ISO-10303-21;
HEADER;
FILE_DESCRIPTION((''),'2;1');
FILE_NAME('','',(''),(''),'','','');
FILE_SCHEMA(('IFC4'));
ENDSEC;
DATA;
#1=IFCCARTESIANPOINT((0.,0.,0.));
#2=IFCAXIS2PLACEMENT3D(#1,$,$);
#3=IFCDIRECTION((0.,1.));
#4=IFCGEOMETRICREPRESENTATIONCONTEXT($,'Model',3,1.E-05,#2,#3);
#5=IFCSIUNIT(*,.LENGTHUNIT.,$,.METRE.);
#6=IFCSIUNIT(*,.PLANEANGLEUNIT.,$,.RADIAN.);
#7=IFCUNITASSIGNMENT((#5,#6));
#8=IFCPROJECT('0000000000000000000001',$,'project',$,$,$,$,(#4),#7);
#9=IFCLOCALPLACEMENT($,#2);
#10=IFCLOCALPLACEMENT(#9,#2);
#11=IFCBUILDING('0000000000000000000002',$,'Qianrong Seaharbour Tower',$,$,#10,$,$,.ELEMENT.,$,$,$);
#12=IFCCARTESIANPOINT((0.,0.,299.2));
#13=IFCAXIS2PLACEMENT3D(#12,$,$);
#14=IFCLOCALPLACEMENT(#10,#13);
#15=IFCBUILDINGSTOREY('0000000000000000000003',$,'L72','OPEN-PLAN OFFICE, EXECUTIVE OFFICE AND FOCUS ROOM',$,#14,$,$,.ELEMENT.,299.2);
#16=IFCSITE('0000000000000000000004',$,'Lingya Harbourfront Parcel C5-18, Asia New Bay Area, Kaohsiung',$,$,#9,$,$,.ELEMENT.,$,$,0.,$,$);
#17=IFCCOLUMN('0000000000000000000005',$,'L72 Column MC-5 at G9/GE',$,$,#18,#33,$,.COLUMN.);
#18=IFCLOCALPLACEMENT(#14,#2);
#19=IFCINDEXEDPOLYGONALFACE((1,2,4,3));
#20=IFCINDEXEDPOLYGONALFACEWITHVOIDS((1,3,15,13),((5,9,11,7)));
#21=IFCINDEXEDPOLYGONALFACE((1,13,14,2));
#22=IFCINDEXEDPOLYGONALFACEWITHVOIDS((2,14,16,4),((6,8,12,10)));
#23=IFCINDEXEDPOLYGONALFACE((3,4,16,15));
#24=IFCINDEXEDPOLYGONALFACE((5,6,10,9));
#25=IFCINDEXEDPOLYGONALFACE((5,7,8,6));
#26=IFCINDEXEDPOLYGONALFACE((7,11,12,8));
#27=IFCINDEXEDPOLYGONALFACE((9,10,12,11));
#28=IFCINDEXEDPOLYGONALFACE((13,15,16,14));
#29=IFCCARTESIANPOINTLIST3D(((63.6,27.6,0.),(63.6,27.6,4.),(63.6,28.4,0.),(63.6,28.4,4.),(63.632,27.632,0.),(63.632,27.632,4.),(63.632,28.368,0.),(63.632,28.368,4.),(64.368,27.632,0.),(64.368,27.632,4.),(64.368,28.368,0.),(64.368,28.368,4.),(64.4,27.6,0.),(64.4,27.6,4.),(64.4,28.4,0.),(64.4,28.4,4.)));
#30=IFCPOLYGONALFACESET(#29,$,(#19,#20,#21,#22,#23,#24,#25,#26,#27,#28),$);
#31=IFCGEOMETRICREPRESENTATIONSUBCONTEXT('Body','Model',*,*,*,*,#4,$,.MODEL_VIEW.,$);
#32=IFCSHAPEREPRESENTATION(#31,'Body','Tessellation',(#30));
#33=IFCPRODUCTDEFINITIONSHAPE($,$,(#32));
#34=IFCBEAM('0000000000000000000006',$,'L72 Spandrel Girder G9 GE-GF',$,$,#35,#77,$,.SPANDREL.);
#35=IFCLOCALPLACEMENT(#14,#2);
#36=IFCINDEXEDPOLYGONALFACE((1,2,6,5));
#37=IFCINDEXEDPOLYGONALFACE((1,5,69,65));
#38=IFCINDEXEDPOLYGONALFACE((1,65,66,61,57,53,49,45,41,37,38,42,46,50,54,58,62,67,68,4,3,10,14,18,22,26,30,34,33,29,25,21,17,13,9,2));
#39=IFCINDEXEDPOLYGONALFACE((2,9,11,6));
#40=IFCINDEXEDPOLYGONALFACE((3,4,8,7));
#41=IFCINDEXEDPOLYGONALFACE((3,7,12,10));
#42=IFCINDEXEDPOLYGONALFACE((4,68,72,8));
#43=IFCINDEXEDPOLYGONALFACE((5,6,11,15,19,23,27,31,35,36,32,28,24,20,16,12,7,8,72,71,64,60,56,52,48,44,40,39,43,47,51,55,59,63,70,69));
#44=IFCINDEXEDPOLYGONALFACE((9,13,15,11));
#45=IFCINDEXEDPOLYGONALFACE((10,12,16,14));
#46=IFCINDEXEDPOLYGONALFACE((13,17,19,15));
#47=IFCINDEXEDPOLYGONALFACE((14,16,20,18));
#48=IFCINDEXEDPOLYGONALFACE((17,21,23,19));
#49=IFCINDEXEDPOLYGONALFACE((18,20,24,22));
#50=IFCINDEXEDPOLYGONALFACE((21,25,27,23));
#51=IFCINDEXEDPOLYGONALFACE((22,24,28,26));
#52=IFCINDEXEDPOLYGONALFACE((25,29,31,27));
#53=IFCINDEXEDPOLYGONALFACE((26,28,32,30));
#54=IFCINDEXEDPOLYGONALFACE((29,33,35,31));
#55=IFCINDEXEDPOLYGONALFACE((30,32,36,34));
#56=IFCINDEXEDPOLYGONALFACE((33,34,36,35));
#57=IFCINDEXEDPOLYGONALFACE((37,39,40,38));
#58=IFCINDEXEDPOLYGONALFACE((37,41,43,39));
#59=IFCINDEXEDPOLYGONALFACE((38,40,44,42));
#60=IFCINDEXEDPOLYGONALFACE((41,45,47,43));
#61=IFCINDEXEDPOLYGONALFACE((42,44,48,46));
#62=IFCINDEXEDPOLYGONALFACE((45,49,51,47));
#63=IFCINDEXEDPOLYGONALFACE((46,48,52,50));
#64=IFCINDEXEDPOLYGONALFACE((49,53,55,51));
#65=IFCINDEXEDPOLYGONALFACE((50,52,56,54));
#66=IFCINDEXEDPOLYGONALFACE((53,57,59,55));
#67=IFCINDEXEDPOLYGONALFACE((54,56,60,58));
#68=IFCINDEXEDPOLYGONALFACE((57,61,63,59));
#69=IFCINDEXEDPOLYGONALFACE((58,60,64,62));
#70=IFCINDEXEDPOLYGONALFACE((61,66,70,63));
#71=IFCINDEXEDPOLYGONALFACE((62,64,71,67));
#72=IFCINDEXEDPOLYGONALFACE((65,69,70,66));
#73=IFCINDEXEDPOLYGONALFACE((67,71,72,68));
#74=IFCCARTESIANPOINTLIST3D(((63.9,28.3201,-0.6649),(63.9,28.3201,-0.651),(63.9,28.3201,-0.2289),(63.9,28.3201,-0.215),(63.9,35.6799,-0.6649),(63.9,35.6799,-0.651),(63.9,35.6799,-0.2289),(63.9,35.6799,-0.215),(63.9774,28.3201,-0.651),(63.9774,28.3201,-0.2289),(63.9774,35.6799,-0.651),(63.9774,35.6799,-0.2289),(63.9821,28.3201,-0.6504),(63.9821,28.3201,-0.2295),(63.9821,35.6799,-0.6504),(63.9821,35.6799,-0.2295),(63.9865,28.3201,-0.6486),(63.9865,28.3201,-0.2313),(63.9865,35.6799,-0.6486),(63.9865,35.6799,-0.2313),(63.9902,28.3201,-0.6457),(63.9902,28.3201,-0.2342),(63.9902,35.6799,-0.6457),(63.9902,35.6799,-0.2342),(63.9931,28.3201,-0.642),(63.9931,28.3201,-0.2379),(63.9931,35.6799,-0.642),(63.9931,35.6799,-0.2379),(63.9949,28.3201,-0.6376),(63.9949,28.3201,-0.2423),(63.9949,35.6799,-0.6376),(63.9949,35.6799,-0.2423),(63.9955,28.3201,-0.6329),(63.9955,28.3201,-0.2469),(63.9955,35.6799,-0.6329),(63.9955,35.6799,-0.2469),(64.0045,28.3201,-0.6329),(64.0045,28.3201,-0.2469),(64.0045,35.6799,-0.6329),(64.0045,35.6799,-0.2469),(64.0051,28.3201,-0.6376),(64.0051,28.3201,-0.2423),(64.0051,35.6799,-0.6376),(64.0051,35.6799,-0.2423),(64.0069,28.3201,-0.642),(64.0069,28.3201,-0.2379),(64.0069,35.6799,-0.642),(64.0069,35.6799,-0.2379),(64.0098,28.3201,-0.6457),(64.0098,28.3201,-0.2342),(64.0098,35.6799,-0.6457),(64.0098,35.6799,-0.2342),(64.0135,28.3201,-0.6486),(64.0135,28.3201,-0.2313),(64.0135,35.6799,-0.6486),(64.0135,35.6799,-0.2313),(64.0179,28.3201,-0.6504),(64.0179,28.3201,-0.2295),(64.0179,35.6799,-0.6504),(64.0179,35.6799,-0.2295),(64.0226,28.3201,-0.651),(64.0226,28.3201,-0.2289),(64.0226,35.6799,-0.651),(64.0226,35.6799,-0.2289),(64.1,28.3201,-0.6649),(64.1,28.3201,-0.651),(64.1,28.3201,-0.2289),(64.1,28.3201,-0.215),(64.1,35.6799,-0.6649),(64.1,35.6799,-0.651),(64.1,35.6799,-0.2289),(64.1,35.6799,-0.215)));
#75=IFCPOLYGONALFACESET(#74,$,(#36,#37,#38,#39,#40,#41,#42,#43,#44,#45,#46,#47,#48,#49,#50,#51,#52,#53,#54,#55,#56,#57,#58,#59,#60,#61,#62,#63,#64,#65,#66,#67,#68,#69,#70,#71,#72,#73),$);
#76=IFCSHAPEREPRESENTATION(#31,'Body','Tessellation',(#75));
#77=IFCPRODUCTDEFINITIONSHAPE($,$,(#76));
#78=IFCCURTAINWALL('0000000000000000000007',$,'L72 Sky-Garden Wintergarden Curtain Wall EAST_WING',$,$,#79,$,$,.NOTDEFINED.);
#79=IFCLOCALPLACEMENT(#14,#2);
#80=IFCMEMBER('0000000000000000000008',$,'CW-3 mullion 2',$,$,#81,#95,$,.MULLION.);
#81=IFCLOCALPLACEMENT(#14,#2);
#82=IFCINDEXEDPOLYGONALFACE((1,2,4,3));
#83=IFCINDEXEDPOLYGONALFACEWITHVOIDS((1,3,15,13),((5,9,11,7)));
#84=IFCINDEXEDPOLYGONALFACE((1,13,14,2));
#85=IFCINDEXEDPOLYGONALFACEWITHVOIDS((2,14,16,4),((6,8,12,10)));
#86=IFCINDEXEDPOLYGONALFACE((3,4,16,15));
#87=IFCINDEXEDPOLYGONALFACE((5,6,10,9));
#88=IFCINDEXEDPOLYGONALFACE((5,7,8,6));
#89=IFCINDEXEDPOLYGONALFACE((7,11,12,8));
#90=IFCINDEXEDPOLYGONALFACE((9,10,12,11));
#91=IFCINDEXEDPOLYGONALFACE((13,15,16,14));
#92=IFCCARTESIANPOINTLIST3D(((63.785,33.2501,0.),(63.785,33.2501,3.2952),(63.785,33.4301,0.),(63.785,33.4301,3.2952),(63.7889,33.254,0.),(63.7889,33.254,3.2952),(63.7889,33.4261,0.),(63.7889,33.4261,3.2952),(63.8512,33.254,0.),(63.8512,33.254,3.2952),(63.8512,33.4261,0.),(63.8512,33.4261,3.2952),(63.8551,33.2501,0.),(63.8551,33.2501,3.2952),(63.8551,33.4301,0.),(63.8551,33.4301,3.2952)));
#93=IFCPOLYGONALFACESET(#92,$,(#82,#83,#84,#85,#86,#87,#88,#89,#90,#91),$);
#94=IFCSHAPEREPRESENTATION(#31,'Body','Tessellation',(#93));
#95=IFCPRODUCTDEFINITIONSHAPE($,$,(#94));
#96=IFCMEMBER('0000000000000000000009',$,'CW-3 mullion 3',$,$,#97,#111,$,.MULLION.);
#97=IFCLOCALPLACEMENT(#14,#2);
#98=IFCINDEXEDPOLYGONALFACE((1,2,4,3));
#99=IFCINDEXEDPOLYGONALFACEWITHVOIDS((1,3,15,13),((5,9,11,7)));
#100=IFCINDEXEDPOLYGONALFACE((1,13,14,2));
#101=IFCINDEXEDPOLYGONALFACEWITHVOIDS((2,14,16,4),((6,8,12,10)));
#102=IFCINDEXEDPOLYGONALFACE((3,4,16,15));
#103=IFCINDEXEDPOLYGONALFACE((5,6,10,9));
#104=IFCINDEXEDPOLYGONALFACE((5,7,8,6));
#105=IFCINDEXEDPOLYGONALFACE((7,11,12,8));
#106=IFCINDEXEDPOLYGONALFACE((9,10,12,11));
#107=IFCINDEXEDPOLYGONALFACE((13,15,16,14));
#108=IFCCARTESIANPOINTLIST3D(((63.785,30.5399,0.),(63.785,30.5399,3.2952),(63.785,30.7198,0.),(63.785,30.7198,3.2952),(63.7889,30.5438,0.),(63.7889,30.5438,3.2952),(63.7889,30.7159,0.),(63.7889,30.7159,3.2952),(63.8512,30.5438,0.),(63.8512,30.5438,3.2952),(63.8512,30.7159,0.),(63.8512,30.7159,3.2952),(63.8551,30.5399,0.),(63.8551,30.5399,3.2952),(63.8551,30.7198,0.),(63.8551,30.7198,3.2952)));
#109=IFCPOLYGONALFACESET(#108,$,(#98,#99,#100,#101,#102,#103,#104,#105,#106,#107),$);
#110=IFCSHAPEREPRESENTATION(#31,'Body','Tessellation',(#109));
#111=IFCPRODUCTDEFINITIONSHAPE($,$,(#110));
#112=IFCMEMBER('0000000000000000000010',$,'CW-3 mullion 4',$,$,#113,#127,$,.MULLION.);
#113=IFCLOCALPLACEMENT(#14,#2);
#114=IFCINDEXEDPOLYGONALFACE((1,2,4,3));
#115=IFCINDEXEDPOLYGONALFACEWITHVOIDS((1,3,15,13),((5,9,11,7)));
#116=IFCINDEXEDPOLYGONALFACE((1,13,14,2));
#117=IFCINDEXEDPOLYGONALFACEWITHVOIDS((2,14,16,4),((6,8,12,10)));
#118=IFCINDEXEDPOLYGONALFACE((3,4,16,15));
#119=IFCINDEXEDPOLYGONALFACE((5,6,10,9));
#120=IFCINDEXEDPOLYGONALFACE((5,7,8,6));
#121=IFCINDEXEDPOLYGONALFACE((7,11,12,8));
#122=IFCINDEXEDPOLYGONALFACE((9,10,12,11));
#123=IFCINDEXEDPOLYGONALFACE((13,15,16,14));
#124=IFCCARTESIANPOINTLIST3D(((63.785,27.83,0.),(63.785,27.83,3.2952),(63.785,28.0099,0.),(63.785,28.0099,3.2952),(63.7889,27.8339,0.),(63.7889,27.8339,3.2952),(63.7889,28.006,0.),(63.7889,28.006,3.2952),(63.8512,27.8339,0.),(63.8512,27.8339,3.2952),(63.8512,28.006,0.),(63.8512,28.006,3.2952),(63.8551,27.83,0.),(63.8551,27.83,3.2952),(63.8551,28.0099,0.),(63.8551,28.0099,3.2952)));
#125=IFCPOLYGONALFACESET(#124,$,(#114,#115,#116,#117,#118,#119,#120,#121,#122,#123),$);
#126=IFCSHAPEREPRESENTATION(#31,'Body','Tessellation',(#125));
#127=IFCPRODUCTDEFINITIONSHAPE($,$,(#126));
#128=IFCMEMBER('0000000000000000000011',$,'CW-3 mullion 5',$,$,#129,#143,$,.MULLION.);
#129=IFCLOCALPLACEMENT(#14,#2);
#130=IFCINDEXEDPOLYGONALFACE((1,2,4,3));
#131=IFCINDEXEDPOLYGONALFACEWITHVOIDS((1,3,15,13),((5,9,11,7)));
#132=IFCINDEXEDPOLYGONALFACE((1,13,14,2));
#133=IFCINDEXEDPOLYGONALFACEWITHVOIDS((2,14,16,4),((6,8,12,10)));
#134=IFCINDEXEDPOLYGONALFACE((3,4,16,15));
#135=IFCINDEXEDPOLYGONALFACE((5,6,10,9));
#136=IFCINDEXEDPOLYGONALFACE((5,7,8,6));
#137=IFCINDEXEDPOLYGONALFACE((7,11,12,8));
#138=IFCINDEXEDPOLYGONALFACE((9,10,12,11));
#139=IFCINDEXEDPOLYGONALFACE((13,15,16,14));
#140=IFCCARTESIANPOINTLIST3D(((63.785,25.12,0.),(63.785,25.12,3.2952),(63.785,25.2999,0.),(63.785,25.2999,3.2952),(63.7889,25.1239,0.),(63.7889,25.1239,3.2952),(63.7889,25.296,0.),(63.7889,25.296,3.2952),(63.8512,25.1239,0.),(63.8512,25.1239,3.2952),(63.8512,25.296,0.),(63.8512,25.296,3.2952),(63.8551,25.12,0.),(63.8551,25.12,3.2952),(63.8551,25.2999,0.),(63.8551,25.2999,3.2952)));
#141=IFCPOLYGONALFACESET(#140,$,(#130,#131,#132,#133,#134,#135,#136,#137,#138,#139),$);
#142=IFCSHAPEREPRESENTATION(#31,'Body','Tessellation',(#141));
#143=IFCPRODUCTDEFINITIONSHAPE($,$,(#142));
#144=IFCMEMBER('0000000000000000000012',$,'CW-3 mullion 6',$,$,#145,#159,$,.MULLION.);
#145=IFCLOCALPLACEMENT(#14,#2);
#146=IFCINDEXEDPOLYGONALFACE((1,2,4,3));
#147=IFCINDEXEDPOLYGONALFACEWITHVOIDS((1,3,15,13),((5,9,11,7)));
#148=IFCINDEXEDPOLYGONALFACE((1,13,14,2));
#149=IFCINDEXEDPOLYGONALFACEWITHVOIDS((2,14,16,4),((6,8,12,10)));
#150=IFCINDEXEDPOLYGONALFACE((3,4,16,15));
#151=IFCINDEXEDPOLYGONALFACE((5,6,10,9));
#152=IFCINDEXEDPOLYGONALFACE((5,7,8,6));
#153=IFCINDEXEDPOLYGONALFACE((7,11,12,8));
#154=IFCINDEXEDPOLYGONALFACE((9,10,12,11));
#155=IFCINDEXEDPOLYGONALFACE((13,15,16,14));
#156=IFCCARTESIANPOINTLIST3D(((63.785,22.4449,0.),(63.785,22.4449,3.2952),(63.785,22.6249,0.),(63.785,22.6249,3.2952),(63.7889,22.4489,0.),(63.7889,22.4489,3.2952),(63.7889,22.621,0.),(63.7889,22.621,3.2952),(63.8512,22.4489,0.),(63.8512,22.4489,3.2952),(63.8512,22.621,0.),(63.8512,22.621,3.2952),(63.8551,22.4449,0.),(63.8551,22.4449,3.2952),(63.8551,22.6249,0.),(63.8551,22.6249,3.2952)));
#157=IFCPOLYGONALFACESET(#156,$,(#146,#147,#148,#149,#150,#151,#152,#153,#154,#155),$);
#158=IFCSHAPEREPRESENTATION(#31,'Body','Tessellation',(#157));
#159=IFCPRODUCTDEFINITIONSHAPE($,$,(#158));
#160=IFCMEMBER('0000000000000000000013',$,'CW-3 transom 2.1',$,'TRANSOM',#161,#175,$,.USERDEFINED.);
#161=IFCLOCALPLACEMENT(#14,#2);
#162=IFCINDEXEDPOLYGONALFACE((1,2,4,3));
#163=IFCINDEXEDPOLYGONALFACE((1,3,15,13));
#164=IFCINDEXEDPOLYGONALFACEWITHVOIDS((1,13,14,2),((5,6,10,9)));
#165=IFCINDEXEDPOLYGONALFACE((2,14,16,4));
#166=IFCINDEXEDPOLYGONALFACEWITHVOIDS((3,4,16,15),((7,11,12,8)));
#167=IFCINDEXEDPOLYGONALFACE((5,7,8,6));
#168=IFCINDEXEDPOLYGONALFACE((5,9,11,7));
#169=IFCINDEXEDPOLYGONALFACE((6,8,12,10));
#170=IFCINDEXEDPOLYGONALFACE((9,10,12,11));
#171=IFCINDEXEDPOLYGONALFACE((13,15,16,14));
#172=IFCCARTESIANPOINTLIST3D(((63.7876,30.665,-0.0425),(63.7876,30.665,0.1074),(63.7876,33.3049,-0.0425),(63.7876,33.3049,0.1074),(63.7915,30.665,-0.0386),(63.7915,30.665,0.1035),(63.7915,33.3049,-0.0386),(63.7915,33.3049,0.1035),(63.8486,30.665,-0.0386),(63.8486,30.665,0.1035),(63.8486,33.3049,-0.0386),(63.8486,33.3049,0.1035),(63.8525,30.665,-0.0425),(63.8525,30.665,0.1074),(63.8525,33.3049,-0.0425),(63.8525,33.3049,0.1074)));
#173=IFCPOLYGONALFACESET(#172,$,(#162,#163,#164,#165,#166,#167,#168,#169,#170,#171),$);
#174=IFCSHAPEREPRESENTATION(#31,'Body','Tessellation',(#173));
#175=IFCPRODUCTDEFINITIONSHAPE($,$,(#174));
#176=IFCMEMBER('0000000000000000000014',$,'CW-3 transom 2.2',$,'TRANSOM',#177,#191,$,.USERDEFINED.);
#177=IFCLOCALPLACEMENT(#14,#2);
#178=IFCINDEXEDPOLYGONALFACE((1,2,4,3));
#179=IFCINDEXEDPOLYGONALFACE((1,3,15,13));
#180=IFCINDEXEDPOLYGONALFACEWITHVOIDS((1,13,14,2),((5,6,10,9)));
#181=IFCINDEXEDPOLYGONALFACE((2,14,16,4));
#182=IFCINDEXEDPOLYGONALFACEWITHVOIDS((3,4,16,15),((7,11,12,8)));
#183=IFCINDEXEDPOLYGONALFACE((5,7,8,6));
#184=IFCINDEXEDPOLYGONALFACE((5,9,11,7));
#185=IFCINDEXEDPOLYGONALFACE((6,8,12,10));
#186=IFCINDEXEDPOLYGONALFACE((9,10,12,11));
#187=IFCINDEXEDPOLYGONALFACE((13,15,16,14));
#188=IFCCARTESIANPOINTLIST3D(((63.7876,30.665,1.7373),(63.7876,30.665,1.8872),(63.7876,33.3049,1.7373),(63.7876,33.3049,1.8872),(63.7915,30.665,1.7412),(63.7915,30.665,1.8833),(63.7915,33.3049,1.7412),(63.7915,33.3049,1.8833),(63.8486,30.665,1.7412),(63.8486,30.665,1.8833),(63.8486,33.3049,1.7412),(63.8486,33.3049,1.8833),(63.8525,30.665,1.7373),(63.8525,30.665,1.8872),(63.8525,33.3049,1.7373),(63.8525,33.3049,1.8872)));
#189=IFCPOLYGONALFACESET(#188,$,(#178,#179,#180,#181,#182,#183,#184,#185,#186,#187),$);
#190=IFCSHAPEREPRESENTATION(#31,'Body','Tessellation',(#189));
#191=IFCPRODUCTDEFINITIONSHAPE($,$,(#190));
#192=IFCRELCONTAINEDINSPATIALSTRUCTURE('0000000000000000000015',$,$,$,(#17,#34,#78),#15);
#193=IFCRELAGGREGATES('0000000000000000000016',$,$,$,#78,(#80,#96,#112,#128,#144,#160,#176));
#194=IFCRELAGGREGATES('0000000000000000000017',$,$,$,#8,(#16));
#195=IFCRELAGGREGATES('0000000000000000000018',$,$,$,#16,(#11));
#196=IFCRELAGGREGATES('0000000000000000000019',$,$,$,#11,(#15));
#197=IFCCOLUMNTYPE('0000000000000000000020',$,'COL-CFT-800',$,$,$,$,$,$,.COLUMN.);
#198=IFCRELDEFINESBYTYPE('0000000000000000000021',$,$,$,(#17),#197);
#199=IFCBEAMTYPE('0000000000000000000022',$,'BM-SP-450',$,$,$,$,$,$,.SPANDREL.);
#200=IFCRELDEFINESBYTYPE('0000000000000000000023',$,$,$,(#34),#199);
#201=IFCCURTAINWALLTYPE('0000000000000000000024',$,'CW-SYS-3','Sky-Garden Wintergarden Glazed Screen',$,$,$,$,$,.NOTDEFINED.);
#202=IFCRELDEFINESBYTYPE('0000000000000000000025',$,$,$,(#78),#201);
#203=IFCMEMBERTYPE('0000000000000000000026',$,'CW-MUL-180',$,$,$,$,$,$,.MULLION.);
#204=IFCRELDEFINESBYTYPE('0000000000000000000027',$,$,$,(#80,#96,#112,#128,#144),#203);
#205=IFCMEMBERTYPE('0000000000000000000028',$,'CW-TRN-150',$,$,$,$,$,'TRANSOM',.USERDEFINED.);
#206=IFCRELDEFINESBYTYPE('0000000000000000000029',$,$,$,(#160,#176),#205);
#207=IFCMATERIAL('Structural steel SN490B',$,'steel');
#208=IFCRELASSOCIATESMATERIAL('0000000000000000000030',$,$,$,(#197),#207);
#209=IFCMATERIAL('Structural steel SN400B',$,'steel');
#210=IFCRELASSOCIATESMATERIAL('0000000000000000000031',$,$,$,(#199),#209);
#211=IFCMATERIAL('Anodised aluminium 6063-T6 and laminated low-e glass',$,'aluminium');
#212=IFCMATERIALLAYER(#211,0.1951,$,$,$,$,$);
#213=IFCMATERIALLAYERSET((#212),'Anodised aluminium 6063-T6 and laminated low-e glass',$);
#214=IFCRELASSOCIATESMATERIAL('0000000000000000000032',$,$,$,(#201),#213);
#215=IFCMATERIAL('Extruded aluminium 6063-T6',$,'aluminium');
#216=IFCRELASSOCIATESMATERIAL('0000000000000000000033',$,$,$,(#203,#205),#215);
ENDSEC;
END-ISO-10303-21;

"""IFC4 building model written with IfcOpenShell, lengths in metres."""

from ifc_helpers import new_model, si_unit, direction, frame, origin, origin_2d, place, context, subcontext, project, spatial, hollow_rectangle, i_section, extrude, material, layer, layer_set, material_profile, profile_set, type_object, element, aggregate, save


model = new_model("IFC4")

# Units and contexts
model_context = context("Model", 3, precision=1e-05, world=origin(), true_north=direction((0.0, 1.0)))
body_context = subcontext(model_context, "Body", "Model", "MODEL_VIEW")
ifc_project = project(units=[si_unit("LENGTHUNIT", "METRE"), si_unit("PLANEANGLEUNIT", "RADIAN")], contexts=[model_context])

# Site, building, storey
site_placement = place(None, origin())
site = spatial("IfcSite", under=ifc_project, at=site_placement, Name="Lingya Harbourfront Parcel C5-18, Asia New Bay Area, Kaohsiung", CompositionType="ELEMENT", RefElevation=0.0)
building_placement = place(site_placement, origin())
building = spatial("IfcBuilding", under=site, at=building_placement, Name="Qianrong Seaharbour Tower", CompositionType="ELEMENT")
storey_placement = place(building_placement, frame((0.0, 0.0, 299.2)))
storey = spatial("IfcBuildingStorey", under=building, at=storey_placement, Name="L72", Description="OPEN-PLAN OFFICE, EXECUTIVE OFFICE AND FOCUS ROOM", CompositionType="ELEMENT", Elevation=299.2)

# Column
ifc_material_1 = material(Name="Structural steel SN490B", Category="steel")
ifc_material_profile_1 = material_profile(ifc_material_1, hollow_rectangle(XDim=0.8, YDim=0.8, WallThickness=0.032, at=origin_2d()), Name="BOX800x800x32")
ifc_profile_set_1 = profile_set([ifc_material_profile_1], Name="Structural steel SN490B")
column_type = type_object("IfcColumnType", Name="COL-CFT-800", PredefinedType="COLUMN", material=ifc_profile_set_1)
column_placement = place(storey_placement, frame((64.0, 28.0, 0.0), z_axis=(0.0, 0.0, 1.0), x_axis=(1.0, 0.0, 0.0)))
element("IfcColumn", 1, at=column_placement, inside=storey, type_object=column_type, Name="L72 Column MC-5 at G9/GE", PredefinedType="COLUMN", context=body_context, shape_type="SweptSolid", body=[
    extrude(hollow_rectangle(XDim=0.8, YDim=0.8, WallThickness=0.032, at=origin_2d()), origin(), (0.0, 0.0, 1.0), 4.0),
])

# Beam
ifc_material_2 = material(Name="Structural steel SN400B", Category="steel")
ifc_material_profile_2 = material_profile(ifc_material_2, i_section(OverallWidth=0.2, OverallDepth=0.45, WebThickness=0.009, FlangeThickness=0.0139, FilletRadius=0.0181, at=origin_2d()), Name="H450x200x9x14")
ifc_profile_set_2 = profile_set([ifc_material_profile_2], Name="Structural steel SN400B")
beam_type = type_object("IfcBeamType", Name="BM-SP-450", PredefinedType="SPANDREL", material=ifc_profile_set_2)
beam_placement = place(storey_placement, frame((64.0, 28.3201, -0.4399), z_axis=(0.0, 1.0, 0.0), x_axis=(-1.0, 0.0, 0.0)))
element("IfcBeam", 2, at=beam_placement, inside=storey, type_object=beam_type, Name="L72 Spandrel Girder G9 GE-GF", PredefinedType="SPANDREL", context=body_context, shape_type="SweptSolid", body=[
    extrude(i_section(OverallWidth=0.2, OverallDepth=0.45, WebThickness=0.009, FlangeThickness=0.0139, FilletRadius=0.0181, at=origin_2d()), origin(), (0.0, 0.0, 1.0), 7.3599),
])

# Curtain wall, members
ifc_material_3 = material(Name="Anodised aluminium 6063-T6 and laminated low-e glass", Category="aluminium")
ifc_layer_1 = layer(ifc_material_3, 0.1951)
ifc_layer_set_1 = layer_set([ifc_layer_1], Name="Anodised aluminium 6063-T6 and laminated low-e glass")
curtain_wall_type = type_object("IfcCurtainWallType", Name="CW-SYS-3", Description="Sky-Garden Wintergarden Glazed Screen", PredefinedType="NOTDEFINED", material=ifc_layer_set_1)
curtain_wall_placement = place(storey_placement, origin())
curtain_wall = element("IfcCurtainWall", 3, at=curtain_wall_placement, inside=storey, type_object=curtain_wall_type, Name="L72 Sky-Garden Wintergarden Curtain Wall EAST_WING", PredefinedType="NOTDEFINED")
ifc_material_4 = material(Name="Extruded aluminium 6063-T6", Category="aluminium")
ifc_material_profile_3 = material_profile(ifc_material_4, hollow_rectangle(XDim=0.0701, YDim=0.1799, WallThickness=0.0039, at=origin_2d()), Name="ALU-MUL-180x70x4")
ifc_profile_set_3 = profile_set([ifc_material_profile_3], Name="Extruded aluminium 6063-T6")
member_type_1 = type_object("IfcMemberType", Name="CW-MUL-180", PredefinedType="MULLION", material=ifc_profile_set_3)
member_1_placement = place(storey_placement, frame((63.8201, 33.3401, 0.0), z_axis=(0.0, 0.0, 1.0), x_axis=(1.0, 0.0, 0.0)))
member_1 = element("IfcMember", 4, at=member_1_placement, type_object=member_type_1, Name="CW-3 mullion 2", PredefinedType="MULLION", context=body_context, shape_type="SweptSolid", body=[
    extrude(hollow_rectangle(XDim=0.0701, YDim=0.1799, WallThickness=0.0039, at=origin_2d()), origin(), (0.0, 0.0, 1.0), 3.2952),
])
member_2_placement = place(storey_placement, frame((63.8201, 30.6299, 0.0), z_axis=(0.0, 0.0, 1.0), x_axis=(1.0, 0.0, 0.0)))
member_2 = element("IfcMember", 5, at=member_2_placement, type_object=member_type_1, Name="CW-3 mullion 3", PredefinedType="MULLION", context=body_context, shape_type="SweptSolid", body=[
    extrude(hollow_rectangle(XDim=0.0701, YDim=0.1799, WallThickness=0.0039, at=origin_2d()), origin(), (0.0, 0.0, 1.0), 3.2952),
])
member_3_placement = place(storey_placement, frame((63.8201, 27.9199, 0.0), z_axis=(0.0, 0.0, 1.0), x_axis=(1.0, 0.0, 0.0)))
member_3 = element("IfcMember", 6, at=member_3_placement, type_object=member_type_1, Name="CW-3 mullion 4", PredefinedType="MULLION", context=body_context, shape_type="SweptSolid", body=[
    extrude(hollow_rectangle(XDim=0.0701, YDim=0.1799, WallThickness=0.0039, at=origin_2d()), origin(), (0.0, 0.0, 1.0), 3.2952),
])
member_4_placement = place(storey_placement, frame((63.8201, 25.21, 0.0), z_axis=(0.0, 0.0, 1.0), x_axis=(1.0, 0.0, 0.0)))
member_4 = element("IfcMember", 7, at=member_4_placement, type_object=member_type_1, Name="CW-3 mullion 5", PredefinedType="MULLION", context=body_context, shape_type="SweptSolid", body=[
    extrude(hollow_rectangle(XDim=0.0701, YDim=0.1799, WallThickness=0.0039, at=origin_2d()), origin(), (0.0, 0.0, 1.0), 3.2952),
])
member_5_placement = place(storey_placement, frame((63.8201, 22.5349, 0.0), z_axis=(0.0, 0.0, 1.0), x_axis=(1.0, 0.0, 0.0)))
member_5 = element("IfcMember", 8, at=member_5_placement, type_object=member_type_1, Name="CW-3 mullion 6", PredefinedType="MULLION", context=body_context, shape_type="SweptSolid", body=[
    extrude(hollow_rectangle(XDim=0.0701, YDim=0.1799, WallThickness=0.0039, at=origin_2d()), origin(), (0.0, 0.0, 1.0), 3.2952),
])
ifc_material_profile_4 = material_profile(ifc_material_4, hollow_rectangle(XDim=0.0649, YDim=0.1499, WallThickness=0.0039, at=origin_2d()), Name="ALU-TRN-150x65x4")
ifc_profile_set_4 = profile_set([ifc_material_profile_4], Name="Extruded aluminium 6063-T6")
member_type_2 = type_object("IfcMemberType", Name="CW-TRN-150", ElementType="TRANSOM", PredefinedType="USERDEFINED", material=ifc_profile_set_4)
member_6_placement = place(storey_placement, frame((63.8201, 33.3049, 0.0325), z_axis=(0.0, -1.0, 0.0), x_axis=(1.0, 0.0, 0.0)))
member_6 = element("IfcMember", 9, at=member_6_placement, type_object=member_type_2, Name="CW-3 transom 2.1", ObjectType="TRANSOM", PredefinedType="USERDEFINED", context=body_context, shape_type="SweptSolid", body=[
    extrude(hollow_rectangle(XDim=0.0649, YDim=0.1499, WallThickness=0.0039, at=origin_2d()), origin(), (0.0, 0.0, 1.0), 2.6399),
])
member_7_placement = place(storey_placement, frame((63.8201, 33.3049, 1.8123), z_axis=(0.0, -1.0, 0.0), x_axis=(1.0, 0.0, 0.0)))
member_7 = element("IfcMember", 10, at=member_7_placement, type_object=member_type_2, Name="CW-3 transom 2.2", ObjectType="TRANSOM", PredefinedType="USERDEFINED", context=body_context, shape_type="SweptSolid", body=[
    extrude(hollow_rectangle(XDim=0.0649, YDim=0.1499, WallThickness=0.0039, at=origin_2d()), origin(), (0.0, 0.0, 1.0), 2.6399),
])
aggregate(curtain_wall, [member_1, member_2, member_3, member_4, member_5, member_6, member_7])

save(model, "model.ifc")
